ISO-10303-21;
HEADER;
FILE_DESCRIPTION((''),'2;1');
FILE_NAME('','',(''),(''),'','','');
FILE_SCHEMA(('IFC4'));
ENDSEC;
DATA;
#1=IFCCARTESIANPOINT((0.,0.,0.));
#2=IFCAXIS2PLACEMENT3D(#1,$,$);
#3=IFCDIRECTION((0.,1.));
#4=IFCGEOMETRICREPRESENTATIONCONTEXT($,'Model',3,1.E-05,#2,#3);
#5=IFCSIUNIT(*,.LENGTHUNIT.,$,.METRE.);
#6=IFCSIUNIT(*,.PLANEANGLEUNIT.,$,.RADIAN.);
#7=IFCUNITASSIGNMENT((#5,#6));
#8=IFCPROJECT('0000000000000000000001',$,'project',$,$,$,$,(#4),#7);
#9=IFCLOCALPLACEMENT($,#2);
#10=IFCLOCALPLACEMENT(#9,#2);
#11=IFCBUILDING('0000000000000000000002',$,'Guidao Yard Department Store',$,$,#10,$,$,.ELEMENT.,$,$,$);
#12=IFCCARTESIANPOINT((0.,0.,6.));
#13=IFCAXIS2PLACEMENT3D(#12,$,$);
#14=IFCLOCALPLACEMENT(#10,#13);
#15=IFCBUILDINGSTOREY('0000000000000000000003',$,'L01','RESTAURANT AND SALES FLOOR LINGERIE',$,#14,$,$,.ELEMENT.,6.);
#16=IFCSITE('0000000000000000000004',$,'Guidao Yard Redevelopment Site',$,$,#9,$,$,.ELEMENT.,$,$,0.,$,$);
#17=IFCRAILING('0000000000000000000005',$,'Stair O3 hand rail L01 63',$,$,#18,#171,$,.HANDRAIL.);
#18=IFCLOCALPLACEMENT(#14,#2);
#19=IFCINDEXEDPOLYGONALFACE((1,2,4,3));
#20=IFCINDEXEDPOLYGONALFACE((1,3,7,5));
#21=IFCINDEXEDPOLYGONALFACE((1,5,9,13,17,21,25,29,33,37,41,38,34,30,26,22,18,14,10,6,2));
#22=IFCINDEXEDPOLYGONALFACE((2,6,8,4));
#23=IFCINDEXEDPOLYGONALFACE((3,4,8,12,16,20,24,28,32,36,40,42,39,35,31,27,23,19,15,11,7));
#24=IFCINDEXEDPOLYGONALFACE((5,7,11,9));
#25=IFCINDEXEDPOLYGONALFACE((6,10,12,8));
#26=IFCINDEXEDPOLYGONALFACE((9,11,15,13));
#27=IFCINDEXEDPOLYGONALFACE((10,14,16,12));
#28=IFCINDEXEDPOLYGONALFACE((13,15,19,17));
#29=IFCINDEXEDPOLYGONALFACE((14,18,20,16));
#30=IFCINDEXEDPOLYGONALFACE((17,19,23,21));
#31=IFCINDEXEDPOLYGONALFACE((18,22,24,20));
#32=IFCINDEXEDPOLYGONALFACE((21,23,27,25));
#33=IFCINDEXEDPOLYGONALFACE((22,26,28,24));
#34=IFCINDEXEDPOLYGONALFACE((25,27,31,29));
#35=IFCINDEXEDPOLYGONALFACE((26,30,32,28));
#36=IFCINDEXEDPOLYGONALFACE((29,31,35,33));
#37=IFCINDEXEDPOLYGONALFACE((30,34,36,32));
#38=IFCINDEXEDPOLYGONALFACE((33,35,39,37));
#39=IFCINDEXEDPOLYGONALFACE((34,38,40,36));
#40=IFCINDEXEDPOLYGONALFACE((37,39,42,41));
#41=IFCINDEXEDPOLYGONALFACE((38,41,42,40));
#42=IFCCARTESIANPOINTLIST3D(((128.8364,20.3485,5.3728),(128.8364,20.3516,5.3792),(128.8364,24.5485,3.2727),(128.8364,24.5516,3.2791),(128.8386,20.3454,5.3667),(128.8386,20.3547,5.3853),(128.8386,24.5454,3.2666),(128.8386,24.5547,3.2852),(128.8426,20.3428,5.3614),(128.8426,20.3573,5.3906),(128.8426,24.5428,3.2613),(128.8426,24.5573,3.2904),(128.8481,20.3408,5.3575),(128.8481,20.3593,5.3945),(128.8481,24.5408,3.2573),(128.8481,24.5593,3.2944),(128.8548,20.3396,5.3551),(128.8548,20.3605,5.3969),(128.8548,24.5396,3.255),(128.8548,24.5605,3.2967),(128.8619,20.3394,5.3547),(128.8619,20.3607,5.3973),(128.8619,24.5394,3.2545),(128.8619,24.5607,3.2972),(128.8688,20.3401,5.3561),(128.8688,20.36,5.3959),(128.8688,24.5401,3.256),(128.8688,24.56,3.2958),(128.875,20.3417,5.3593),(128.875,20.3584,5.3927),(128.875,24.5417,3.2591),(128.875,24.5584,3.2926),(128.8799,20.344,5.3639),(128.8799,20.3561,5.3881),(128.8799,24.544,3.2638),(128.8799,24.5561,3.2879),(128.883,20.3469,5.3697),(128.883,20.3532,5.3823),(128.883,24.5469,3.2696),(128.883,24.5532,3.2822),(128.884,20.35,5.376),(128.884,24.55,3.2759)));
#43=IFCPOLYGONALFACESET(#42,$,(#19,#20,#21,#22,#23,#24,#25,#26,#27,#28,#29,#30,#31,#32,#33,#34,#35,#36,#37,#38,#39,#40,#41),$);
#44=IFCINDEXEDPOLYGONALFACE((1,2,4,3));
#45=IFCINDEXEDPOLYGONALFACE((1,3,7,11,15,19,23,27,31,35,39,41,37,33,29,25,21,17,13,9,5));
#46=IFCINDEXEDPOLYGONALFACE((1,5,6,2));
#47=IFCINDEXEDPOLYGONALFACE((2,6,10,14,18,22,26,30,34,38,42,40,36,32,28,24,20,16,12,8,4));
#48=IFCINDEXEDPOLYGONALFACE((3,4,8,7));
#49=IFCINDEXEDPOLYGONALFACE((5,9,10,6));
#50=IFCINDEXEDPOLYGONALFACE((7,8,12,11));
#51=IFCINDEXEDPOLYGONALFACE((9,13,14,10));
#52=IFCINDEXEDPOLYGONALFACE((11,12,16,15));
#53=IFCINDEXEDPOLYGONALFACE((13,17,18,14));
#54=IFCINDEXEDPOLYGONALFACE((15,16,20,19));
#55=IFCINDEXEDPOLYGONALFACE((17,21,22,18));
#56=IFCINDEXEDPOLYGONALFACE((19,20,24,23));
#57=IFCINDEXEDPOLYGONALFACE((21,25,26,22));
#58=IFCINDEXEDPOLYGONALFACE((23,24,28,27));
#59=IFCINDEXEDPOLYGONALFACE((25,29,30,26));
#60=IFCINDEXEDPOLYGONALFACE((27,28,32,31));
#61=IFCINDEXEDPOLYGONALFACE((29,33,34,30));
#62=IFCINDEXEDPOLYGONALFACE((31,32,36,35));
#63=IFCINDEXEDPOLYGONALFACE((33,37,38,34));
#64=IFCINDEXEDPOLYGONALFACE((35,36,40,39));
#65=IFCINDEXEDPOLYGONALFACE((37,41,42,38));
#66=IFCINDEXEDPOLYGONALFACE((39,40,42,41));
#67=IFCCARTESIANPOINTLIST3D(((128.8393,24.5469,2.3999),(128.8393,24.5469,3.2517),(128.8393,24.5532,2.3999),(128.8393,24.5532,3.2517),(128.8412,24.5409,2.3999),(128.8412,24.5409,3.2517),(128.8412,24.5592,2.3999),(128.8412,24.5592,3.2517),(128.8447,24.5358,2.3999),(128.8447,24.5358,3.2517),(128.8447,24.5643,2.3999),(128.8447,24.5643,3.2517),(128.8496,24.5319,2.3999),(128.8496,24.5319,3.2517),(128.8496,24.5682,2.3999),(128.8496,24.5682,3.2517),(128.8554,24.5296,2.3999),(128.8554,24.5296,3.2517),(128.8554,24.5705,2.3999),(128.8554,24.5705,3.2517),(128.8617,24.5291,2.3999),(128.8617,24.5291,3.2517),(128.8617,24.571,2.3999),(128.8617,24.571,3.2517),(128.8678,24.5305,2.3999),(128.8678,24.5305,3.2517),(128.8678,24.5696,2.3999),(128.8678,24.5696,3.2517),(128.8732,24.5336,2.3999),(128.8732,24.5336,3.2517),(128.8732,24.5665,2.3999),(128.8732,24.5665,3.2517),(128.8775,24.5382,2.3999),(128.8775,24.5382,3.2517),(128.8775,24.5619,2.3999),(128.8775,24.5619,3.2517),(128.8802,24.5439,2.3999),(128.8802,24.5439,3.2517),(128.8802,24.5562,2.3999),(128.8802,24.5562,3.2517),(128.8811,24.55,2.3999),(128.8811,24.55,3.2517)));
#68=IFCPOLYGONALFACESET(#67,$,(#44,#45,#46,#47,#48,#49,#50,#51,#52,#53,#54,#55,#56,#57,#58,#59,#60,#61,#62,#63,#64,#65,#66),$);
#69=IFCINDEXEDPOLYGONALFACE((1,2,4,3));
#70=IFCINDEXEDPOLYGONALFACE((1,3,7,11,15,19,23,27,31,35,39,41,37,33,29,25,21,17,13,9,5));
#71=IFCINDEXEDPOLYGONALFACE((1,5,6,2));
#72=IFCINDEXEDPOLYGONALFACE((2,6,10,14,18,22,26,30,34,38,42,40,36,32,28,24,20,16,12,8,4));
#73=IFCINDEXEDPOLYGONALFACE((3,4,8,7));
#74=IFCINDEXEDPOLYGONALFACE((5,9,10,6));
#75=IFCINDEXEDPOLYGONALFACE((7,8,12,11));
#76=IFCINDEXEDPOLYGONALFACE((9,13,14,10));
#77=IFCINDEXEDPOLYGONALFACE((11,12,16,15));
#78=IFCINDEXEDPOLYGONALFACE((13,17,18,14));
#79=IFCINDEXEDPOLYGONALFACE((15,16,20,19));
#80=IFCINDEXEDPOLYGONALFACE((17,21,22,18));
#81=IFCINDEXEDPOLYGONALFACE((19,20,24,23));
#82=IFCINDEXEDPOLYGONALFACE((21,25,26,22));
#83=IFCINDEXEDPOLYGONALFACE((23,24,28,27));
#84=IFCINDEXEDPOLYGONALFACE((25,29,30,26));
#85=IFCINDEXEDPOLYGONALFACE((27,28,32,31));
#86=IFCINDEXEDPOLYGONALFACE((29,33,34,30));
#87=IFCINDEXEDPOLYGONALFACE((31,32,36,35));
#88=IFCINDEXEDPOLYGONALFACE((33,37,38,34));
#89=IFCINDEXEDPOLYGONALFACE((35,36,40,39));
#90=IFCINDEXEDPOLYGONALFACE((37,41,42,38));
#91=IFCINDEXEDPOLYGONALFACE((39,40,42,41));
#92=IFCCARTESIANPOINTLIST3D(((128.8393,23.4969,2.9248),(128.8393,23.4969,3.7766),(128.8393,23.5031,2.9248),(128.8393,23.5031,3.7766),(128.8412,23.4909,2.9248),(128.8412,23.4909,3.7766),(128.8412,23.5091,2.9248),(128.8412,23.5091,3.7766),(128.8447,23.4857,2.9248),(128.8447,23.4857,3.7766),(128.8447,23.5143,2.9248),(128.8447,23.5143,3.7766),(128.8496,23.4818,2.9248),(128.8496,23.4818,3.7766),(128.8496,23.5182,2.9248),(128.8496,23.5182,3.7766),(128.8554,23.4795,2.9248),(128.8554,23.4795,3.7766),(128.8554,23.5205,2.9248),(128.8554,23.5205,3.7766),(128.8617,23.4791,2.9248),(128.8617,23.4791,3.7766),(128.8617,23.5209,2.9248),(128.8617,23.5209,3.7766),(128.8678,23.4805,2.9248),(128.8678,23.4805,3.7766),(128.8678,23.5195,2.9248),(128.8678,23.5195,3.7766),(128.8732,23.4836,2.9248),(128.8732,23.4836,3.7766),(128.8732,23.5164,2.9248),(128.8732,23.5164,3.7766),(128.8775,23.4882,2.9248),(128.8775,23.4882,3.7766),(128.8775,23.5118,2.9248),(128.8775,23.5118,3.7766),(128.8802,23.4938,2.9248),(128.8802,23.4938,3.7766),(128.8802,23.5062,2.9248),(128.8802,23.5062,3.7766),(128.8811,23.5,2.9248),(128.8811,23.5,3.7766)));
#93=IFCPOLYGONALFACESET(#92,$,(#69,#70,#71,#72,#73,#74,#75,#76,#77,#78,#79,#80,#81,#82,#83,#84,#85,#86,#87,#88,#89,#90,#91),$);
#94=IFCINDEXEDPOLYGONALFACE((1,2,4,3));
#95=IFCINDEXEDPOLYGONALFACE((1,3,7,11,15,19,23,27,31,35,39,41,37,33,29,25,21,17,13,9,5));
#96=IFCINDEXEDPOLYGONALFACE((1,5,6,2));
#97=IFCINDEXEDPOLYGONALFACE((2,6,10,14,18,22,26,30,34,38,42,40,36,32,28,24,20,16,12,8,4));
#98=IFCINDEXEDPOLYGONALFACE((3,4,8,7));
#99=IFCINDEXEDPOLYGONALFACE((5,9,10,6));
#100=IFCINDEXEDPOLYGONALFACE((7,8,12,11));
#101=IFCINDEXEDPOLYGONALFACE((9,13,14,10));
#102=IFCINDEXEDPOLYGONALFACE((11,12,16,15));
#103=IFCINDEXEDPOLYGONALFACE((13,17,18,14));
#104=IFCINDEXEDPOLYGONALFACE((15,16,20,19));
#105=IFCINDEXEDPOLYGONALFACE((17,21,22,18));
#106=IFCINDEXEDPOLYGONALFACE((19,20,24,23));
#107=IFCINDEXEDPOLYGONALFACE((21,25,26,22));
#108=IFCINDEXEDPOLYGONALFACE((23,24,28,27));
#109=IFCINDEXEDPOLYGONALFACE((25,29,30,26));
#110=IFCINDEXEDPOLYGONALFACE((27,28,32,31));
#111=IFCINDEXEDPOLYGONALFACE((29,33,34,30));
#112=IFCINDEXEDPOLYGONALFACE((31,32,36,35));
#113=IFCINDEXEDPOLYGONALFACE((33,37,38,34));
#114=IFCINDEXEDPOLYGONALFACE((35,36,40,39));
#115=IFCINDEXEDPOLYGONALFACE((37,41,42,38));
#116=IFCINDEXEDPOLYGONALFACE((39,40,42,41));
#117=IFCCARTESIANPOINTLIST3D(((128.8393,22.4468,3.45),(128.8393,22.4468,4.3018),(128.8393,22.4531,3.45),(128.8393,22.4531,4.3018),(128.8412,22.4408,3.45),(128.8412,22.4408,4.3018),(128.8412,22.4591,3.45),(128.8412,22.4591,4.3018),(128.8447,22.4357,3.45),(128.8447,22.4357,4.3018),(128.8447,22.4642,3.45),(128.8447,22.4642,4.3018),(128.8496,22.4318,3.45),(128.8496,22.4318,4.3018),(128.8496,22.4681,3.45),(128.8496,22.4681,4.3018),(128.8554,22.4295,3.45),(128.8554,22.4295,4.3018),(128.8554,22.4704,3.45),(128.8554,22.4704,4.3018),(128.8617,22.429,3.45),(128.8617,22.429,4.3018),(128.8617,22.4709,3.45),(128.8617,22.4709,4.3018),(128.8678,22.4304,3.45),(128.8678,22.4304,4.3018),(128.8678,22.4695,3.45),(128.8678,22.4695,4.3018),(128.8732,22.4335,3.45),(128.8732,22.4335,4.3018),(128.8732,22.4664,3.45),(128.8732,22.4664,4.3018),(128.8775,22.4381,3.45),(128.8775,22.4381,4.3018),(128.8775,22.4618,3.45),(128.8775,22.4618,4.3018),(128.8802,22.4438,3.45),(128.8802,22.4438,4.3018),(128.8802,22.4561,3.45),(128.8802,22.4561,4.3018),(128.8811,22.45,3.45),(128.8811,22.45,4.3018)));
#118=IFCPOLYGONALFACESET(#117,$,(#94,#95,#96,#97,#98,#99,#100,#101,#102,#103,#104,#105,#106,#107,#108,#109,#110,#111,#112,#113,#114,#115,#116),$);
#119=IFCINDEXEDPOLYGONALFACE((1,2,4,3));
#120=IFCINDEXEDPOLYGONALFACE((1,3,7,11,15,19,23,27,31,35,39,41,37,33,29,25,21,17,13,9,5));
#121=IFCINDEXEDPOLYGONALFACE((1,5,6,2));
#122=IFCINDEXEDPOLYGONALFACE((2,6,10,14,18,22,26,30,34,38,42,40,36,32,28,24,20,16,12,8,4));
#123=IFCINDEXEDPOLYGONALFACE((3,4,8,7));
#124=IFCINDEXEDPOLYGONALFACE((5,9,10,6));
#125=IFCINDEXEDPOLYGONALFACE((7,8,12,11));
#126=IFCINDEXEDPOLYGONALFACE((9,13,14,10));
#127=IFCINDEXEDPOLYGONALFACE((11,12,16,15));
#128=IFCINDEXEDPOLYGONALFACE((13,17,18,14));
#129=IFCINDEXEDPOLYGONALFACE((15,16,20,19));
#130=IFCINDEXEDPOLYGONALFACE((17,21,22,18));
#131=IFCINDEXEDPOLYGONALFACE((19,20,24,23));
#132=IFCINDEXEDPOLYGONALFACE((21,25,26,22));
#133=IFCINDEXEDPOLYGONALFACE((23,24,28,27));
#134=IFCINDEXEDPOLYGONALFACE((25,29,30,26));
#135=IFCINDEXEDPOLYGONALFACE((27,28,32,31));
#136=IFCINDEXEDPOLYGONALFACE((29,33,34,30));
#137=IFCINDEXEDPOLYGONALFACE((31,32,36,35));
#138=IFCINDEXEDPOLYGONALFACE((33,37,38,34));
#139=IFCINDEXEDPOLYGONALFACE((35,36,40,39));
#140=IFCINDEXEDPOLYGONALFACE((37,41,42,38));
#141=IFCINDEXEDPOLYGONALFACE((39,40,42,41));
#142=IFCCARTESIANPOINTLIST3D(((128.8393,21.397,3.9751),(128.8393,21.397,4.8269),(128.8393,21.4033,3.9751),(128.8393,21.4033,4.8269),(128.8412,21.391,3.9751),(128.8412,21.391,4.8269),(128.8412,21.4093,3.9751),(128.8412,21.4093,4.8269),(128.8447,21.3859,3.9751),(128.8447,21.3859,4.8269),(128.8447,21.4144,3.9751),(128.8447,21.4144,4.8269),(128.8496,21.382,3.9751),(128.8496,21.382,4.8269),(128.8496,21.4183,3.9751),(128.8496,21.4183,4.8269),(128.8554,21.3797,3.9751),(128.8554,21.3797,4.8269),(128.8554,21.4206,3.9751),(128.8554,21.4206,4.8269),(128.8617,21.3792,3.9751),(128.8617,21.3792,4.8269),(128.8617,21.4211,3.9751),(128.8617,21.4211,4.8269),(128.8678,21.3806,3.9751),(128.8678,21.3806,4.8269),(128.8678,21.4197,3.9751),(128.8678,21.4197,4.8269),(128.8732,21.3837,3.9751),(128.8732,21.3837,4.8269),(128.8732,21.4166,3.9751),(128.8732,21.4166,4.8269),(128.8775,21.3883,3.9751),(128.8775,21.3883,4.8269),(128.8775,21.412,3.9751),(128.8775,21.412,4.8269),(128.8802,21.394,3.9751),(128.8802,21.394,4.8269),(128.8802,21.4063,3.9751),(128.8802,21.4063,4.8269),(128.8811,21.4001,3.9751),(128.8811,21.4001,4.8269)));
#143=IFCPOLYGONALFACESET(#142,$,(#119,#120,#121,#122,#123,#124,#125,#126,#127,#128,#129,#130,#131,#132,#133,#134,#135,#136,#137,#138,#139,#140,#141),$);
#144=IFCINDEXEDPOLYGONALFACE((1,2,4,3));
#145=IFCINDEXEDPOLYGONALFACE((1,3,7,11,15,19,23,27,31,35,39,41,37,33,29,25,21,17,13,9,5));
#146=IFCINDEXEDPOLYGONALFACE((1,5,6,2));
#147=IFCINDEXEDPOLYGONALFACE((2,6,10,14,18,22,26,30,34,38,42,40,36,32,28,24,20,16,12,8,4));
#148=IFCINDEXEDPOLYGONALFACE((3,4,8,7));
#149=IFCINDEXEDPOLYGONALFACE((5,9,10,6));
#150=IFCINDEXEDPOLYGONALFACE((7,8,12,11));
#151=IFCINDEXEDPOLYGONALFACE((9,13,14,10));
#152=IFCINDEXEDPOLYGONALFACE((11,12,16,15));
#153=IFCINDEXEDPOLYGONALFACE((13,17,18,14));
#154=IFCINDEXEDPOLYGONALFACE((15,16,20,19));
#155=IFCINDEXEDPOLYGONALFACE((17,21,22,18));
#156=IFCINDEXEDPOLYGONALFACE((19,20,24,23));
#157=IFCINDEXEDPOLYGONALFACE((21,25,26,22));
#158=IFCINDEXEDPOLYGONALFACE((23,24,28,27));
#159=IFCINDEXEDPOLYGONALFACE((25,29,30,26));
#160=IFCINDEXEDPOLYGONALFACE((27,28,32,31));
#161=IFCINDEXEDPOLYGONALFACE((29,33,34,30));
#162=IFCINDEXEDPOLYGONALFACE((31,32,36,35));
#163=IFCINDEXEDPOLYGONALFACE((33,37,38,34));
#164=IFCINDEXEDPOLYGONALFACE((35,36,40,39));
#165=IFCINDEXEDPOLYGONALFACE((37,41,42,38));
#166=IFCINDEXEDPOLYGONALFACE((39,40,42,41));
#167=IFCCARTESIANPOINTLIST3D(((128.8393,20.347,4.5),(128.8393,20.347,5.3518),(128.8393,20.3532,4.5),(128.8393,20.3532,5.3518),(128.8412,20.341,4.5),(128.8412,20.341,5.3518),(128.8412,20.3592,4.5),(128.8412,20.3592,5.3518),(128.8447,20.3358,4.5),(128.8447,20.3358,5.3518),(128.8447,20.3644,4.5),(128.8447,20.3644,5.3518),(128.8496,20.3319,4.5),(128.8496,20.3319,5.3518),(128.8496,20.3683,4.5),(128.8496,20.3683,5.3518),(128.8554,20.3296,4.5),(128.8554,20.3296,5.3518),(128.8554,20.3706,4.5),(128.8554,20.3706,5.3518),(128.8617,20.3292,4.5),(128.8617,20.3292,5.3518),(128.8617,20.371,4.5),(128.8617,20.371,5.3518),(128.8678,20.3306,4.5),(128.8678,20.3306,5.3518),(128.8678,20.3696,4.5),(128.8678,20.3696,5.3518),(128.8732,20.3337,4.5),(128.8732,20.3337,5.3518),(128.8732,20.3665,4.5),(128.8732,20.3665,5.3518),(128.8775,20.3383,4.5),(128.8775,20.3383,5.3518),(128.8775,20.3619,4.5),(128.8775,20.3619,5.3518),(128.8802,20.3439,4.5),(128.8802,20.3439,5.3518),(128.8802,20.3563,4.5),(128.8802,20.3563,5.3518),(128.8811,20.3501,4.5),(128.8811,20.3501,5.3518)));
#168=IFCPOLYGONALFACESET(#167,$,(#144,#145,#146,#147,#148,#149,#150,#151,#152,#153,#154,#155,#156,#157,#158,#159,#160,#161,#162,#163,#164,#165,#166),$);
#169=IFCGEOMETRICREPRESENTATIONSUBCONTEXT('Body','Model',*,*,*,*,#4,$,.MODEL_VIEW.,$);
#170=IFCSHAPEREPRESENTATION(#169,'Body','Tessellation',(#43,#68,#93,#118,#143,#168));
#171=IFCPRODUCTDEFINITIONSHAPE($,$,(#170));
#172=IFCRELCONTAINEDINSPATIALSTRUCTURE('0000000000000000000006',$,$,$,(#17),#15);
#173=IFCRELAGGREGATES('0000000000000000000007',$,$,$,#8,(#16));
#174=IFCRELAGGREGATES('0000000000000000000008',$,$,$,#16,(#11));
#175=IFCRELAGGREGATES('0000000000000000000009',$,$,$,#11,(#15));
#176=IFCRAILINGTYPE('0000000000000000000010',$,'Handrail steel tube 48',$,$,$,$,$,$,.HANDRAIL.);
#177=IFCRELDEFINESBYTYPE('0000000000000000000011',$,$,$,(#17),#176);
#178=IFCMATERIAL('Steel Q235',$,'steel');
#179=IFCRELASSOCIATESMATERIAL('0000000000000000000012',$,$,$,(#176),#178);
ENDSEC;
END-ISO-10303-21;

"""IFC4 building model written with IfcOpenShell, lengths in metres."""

from ifc_helpers import new_model, si_unit, direction, frame, origin, origin_2d, place, context, subcontext, project, spatial, circle, extrude, material, type_object, element, save


model = new_model("IFC4")

# Units and contexts
model_context = context("Model", 3, precision=1e-05, world=origin(), true_north=direction((0.0, 1.0)))
body_context = subcontext(model_context, "Body", "Model", "MODEL_VIEW")
ifc_project = project(units=[si_unit("LENGTHUNIT", "METRE"), si_unit("PLANEANGLEUNIT", "RADIAN")], contexts=[model_context])

# Site, building, storey
site_placement = place(None, origin())
site = spatial("IfcSite", under=ifc_project, at=site_placement, Name="Guidao Yard Redevelopment Site", CompositionType="ELEMENT", RefElevation=0.0)
building_placement = place(site_placement, origin())
building = spatial("IfcBuilding", under=site, at=building_placement, Name="Guidao Yard Department Store", CompositionType="ELEMENT")
storey_placement = place(building_placement, frame((0.0, 0.0, 6.0)))
storey = spatial("IfcBuildingStorey", under=building, at=storey_placement, Name="L01", Description="RESTAURANT AND SALES FLOOR LINGERIE", CompositionType="ELEMENT", Elevation=6.0)

# Railing
ifc_material_1 = material(Name="Steel Q235", Category="steel")
railing_type = type_object("IfcRailingType", Name="Handrail steel tube 48", PredefinedType="HANDRAIL", material=ifc_material_1)
for number, where, name in (
    (1, (128.8601, 24.55, 2.3999), "Stair O3 hand rail L01 63"),
):
    element("IfcRailing", number, at=place(storey_placement, frame(where)), inside=storey, type_object=railing_type, Name=name, PredefinedType="HANDRAIL", context=body_context, shape_type="SweptSolid", body=[
        extrude(circle(Radius=0.0239, at=origin_2d()), frame((0.0, 0.0, 0.876), z_axis=(0.0, -0.894417, 0.447234), x_axis=(1.0, 0.0, 0.0)), (0.0, 0.0, 1.0), 4.6958),
        extrude(circle(Radius=0.021, at=origin_2d()), origin(), (0.0, 0.0, 1.0), 0.8518),
        extrude(circle(Radius=0.021, at=origin_2d()), frame((0.0, -1.05, 0.5249)), (0.0, 0.0, 1.0), 0.8518),
        extrude(circle(Radius=0.021, at=origin_2d()), frame((0.0, -2.1001, 1.05)), (0.0, 0.0, 1.0), 0.8518),
        extrude(circle(Radius=0.021, at=origin_2d()), frame((0.0, -3.1499, 1.5752)), (0.0, 0.0, 1.0), 0.8518),
        extrude(circle(Radius=0.021, at=origin_2d()), frame((0.0, -4.2, 2.1001)), (0.0, 0.0, 1.0), 0.8518),
    ])

save(model, "model.ifc")
